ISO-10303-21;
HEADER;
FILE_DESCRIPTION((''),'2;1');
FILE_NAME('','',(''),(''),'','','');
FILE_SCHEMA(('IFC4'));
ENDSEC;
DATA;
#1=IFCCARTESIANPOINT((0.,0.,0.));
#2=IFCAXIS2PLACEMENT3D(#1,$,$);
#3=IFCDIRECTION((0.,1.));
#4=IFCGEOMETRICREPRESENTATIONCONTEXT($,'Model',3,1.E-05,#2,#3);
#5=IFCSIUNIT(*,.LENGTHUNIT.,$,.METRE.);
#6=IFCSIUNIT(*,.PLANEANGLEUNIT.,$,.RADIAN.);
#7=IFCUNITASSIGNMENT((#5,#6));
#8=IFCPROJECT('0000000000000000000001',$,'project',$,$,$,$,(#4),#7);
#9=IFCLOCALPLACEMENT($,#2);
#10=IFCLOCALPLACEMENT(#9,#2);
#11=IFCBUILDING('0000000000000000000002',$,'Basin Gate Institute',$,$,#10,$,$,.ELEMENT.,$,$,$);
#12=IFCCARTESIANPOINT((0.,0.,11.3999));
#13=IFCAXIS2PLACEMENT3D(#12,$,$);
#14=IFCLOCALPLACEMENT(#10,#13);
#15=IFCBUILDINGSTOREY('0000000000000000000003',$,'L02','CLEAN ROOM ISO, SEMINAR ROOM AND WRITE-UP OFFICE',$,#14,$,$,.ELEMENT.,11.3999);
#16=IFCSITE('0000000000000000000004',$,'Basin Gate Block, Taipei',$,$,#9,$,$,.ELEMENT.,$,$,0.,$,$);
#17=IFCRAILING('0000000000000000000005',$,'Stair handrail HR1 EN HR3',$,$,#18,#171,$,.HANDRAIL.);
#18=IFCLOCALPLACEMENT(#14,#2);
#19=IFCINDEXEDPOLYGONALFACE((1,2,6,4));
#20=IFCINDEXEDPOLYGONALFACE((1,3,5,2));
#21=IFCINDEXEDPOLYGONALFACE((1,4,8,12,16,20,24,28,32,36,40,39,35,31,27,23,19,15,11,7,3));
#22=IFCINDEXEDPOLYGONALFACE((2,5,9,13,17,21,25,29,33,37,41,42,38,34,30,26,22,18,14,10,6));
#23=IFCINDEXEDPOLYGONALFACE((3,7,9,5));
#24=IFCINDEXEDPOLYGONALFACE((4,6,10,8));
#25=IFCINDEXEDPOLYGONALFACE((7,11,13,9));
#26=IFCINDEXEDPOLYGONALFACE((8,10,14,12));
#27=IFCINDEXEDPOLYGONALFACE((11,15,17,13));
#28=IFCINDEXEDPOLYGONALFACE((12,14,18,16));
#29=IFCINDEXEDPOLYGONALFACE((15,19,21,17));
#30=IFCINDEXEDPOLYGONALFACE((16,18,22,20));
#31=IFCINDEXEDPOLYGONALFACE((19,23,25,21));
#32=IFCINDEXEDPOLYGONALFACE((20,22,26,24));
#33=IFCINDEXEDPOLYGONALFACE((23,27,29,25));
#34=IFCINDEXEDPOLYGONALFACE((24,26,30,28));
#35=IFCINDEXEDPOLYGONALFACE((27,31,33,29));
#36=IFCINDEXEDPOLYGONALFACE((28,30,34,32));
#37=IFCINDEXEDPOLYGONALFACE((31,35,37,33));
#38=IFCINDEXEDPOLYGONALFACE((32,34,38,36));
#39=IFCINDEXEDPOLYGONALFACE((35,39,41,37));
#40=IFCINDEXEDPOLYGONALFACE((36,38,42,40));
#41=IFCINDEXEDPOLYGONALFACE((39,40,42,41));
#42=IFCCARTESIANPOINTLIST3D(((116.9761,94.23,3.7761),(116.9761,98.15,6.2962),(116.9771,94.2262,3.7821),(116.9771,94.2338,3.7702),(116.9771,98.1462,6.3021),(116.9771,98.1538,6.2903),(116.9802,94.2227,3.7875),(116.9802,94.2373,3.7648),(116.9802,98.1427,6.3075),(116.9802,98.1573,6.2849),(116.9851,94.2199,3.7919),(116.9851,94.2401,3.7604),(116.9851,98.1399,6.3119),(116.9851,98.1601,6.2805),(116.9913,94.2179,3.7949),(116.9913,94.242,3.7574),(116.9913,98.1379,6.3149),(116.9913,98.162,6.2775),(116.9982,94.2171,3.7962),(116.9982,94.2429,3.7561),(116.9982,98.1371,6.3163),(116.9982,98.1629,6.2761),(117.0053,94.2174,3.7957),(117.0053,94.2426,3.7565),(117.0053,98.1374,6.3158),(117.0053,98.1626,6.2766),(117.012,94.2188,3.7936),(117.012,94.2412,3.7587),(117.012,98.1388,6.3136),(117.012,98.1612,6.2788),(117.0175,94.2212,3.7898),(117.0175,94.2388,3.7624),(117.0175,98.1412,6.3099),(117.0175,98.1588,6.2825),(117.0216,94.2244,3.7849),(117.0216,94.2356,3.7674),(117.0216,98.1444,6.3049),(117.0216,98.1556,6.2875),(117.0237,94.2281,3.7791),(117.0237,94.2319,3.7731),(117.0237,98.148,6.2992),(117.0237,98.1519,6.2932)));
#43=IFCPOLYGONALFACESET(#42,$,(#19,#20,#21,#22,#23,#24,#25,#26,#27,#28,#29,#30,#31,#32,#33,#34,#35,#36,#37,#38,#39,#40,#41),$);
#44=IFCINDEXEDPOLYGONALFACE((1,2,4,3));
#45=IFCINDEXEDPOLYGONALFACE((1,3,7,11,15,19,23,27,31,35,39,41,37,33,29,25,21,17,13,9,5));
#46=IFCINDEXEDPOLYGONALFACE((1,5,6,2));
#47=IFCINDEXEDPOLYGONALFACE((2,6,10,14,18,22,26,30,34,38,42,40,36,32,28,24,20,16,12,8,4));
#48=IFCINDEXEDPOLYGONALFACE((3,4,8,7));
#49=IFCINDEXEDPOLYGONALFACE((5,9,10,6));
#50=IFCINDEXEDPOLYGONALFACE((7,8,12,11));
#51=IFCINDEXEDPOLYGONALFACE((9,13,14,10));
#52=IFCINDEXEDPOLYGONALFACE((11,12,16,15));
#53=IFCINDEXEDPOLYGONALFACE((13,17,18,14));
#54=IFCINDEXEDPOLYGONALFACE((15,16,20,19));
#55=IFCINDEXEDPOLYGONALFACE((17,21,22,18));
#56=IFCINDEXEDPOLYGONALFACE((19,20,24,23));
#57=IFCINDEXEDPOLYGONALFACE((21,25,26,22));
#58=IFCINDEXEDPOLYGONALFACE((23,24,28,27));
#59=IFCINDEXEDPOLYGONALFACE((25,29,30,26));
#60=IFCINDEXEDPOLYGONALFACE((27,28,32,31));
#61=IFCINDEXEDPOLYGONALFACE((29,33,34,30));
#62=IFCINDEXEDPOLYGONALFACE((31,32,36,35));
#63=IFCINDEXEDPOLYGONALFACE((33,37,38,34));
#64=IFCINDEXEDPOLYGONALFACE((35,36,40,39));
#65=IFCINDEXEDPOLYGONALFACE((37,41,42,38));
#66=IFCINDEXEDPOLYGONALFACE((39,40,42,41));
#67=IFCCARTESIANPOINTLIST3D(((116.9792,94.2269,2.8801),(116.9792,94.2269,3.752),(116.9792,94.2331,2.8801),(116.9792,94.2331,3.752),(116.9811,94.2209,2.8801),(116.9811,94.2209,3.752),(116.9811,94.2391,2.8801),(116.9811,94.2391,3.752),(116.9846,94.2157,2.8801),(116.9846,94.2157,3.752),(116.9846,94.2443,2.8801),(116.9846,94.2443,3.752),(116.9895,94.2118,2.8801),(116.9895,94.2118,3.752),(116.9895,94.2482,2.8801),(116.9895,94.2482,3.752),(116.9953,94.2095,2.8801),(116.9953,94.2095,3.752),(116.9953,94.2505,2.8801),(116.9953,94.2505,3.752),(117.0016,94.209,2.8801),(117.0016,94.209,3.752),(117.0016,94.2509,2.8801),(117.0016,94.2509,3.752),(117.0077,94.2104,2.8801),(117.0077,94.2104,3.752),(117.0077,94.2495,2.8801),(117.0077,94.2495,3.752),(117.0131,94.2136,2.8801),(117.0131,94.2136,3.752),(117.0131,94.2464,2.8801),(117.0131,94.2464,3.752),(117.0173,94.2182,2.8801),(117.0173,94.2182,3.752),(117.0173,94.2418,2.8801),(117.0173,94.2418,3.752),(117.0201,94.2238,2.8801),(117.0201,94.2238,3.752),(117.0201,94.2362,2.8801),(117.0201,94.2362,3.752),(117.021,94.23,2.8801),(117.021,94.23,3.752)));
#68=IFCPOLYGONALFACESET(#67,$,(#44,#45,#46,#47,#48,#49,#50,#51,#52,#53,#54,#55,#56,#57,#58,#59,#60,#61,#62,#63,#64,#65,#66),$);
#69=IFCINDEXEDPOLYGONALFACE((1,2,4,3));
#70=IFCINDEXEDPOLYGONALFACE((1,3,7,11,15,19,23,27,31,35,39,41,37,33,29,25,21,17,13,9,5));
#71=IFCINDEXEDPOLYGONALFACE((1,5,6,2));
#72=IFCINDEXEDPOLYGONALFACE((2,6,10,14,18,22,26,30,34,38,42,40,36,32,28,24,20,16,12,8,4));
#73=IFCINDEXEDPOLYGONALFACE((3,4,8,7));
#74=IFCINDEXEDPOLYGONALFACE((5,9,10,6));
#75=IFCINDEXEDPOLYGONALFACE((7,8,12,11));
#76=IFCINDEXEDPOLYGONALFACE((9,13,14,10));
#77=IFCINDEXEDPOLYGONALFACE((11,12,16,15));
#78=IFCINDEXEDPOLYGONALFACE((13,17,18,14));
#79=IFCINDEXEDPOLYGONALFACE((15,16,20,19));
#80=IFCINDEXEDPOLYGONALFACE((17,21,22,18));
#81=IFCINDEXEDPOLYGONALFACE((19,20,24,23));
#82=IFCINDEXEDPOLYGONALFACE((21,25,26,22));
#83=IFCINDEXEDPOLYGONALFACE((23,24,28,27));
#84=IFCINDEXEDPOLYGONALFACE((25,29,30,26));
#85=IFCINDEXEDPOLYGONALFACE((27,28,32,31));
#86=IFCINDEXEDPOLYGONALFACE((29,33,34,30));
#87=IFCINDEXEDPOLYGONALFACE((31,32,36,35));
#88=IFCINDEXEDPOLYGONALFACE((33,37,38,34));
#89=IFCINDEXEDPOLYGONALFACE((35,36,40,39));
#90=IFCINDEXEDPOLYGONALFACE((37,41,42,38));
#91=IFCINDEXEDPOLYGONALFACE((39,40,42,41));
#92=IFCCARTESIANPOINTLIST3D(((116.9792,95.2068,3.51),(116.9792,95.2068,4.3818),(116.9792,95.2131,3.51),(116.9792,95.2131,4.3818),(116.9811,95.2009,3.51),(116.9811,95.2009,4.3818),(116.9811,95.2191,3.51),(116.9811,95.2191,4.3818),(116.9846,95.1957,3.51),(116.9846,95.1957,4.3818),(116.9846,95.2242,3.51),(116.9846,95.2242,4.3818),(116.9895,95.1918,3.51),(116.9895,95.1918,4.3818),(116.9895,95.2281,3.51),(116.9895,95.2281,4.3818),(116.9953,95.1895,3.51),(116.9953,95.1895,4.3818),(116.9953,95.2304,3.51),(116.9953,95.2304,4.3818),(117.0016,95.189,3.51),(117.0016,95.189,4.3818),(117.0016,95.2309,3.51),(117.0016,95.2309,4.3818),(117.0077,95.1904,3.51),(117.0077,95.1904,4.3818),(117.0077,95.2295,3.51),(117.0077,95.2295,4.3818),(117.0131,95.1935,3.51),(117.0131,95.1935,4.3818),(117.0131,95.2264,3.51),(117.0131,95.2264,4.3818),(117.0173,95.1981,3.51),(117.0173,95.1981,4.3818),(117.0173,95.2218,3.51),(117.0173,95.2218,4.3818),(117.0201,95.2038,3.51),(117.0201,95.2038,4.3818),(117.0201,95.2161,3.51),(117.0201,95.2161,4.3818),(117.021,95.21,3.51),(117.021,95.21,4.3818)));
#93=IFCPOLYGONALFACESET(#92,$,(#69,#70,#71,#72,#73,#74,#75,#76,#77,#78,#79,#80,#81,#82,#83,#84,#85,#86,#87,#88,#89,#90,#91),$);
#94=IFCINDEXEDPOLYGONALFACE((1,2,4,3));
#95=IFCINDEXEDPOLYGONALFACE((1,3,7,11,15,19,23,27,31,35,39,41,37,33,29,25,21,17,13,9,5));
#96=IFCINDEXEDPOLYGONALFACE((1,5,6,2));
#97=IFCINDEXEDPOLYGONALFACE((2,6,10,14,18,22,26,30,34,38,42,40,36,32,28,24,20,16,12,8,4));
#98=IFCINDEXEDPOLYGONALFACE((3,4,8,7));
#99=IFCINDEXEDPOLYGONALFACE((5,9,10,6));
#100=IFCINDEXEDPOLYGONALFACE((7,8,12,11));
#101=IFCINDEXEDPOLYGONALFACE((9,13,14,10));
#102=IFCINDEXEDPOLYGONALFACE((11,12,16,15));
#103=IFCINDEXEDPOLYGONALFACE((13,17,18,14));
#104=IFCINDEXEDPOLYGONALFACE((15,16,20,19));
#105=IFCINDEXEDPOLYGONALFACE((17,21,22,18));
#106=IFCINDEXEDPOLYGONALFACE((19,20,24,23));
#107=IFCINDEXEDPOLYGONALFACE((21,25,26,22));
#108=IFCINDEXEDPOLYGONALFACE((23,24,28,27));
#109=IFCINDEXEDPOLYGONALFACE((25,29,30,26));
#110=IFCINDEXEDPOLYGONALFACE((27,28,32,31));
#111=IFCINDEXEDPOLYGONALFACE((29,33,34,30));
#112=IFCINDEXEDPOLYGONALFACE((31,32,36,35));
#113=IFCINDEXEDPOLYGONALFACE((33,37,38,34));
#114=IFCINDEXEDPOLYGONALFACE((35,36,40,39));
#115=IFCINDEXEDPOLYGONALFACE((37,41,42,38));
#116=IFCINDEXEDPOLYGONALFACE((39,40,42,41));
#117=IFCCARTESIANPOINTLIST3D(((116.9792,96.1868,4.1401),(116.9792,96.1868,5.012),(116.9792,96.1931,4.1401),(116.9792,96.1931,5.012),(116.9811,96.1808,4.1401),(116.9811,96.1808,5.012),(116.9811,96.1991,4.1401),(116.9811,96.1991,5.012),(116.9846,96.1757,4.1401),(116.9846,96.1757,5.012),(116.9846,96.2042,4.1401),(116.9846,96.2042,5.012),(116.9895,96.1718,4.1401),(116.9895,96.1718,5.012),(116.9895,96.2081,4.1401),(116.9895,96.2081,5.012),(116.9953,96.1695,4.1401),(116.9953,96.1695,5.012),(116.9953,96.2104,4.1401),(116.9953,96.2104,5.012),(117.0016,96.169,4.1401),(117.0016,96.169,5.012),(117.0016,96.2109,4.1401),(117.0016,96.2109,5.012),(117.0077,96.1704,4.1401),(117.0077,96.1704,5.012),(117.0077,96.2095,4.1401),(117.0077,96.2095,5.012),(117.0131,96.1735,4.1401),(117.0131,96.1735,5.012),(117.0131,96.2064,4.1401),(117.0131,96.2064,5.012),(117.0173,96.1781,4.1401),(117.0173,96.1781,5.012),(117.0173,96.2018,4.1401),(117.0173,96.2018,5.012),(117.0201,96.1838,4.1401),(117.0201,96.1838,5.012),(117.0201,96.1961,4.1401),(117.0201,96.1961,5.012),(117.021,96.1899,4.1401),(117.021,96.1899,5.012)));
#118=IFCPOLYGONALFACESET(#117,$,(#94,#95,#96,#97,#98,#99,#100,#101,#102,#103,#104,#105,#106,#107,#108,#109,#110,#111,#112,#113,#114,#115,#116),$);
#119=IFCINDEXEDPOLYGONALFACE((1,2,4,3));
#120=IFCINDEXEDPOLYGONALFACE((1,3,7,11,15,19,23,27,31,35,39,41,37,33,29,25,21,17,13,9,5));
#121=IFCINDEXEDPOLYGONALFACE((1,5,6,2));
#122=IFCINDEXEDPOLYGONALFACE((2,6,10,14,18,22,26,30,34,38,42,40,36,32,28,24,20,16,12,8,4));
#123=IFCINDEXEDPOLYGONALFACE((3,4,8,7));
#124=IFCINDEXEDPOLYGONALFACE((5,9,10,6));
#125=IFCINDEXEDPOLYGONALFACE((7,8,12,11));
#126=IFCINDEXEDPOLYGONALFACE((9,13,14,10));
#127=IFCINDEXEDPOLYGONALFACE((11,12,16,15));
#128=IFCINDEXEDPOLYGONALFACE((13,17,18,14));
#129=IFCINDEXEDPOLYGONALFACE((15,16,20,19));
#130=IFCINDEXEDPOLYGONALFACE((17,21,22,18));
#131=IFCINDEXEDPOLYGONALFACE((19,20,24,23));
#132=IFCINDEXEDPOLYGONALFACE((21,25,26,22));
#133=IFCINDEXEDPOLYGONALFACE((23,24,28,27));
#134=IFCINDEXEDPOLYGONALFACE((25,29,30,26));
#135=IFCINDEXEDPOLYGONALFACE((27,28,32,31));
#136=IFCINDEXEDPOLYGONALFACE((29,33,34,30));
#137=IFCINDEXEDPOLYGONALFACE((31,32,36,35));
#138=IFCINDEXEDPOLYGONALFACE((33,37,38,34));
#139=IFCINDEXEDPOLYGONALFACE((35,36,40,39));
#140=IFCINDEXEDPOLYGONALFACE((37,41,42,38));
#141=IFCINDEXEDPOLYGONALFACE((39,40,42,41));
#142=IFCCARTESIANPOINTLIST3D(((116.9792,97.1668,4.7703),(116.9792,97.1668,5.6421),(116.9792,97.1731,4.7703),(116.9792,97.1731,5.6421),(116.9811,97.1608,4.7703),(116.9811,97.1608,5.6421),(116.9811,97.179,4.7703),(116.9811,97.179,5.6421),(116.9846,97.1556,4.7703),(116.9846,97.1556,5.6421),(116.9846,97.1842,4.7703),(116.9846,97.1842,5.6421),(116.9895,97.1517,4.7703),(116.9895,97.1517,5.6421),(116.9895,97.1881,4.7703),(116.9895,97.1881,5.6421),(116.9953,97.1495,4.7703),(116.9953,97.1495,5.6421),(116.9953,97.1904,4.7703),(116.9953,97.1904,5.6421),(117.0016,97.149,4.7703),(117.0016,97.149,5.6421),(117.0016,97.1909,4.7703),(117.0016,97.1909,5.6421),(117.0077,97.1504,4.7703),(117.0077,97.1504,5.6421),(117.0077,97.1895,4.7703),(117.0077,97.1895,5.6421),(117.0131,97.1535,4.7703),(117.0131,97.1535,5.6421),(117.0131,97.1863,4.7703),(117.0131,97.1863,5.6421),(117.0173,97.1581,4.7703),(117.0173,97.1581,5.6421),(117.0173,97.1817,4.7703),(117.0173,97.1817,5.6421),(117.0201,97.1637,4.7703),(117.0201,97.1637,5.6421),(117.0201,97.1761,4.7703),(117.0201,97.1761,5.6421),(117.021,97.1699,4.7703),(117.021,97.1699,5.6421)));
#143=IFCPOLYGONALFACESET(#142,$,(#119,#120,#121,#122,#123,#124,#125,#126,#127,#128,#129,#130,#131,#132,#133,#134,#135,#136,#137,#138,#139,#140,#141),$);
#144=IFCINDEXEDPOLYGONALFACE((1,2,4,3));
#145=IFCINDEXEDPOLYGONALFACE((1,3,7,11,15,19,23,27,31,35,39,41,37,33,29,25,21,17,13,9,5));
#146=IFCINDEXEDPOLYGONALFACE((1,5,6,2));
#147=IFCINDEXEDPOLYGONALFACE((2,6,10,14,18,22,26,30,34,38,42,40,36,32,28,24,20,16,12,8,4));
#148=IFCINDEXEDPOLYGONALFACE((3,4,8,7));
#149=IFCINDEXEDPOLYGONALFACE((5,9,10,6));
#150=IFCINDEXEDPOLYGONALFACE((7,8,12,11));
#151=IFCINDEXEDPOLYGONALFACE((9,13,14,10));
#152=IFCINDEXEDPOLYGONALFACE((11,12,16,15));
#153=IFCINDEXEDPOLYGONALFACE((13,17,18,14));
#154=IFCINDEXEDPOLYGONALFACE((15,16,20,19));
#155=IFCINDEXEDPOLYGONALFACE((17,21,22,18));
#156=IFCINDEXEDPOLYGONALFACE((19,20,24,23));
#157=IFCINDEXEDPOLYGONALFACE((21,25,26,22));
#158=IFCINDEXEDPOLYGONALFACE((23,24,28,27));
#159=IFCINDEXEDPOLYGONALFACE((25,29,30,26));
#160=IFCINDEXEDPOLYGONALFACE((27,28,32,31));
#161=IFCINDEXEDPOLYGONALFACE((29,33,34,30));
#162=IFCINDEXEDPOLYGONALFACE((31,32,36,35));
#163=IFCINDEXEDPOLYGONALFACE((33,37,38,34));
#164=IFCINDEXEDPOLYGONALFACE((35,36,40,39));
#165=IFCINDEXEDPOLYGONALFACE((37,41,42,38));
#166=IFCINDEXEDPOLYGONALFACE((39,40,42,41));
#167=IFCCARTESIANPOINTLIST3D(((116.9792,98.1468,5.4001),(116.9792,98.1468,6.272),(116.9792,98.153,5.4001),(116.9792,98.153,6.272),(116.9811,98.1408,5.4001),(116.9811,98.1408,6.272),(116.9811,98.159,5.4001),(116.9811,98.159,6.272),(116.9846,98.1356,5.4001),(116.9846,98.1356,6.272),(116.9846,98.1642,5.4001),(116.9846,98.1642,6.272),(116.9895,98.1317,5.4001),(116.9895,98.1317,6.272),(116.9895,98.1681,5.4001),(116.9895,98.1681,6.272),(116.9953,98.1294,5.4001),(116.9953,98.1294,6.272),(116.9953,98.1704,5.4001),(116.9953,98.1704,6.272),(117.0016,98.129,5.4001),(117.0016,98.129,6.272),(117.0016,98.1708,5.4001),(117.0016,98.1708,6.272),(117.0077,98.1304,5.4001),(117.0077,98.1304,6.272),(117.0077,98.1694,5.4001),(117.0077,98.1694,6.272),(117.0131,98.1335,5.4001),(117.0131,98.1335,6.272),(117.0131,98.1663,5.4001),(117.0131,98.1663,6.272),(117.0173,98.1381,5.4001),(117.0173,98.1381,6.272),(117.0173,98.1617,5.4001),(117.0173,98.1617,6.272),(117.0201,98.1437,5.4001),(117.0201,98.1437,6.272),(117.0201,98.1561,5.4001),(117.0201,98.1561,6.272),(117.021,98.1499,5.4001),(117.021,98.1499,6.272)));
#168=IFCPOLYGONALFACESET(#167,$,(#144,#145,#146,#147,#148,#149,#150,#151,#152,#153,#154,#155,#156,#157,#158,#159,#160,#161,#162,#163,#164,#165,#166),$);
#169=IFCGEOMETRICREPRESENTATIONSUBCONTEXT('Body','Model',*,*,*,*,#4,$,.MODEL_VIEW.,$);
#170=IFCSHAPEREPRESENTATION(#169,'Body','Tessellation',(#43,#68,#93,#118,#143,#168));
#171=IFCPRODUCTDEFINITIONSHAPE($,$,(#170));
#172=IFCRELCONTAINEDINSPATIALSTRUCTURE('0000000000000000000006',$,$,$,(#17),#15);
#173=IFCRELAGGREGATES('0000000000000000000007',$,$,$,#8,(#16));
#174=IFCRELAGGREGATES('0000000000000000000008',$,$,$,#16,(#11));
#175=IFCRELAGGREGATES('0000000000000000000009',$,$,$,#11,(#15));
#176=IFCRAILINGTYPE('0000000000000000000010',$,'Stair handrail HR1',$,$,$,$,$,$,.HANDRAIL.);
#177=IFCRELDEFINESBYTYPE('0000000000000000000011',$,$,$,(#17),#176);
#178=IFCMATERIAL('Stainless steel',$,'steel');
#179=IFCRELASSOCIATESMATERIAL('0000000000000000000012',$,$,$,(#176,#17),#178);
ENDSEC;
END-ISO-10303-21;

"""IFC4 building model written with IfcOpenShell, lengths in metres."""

from ifc_helpers import new_model, si_unit, direction, frame, origin, origin_2d, place, context, subcontext, project, spatial, circle, extrude, material, type_object, element, save


model = new_model("IFC4")

# Units and contexts
model_context = context("Model", 3, precision=1e-05, world=origin(), true_north=direction((0.0, 1.0)))
body_context = subcontext(model_context, "Body", "Model", "MODEL_VIEW")
ifc_project = project(units=[si_unit("LENGTHUNIT", "METRE"), si_unit("PLANEANGLEUNIT", "RADIAN")], contexts=[model_context])

# Site, building, storey
site_placement = place(None, origin())
site = spatial("IfcSite", under=ifc_project, at=site_placement, Name="Basin Gate Block, Taipei", CompositionType="ELEMENT", RefElevation=0.0)
building_placement = place(site_placement, origin())
building = spatial("IfcBuilding", under=site, at=building_placement, Name="Basin Gate Institute", CompositionType="ELEMENT")
storey_placement = place(building_placement, frame((0.0, 0.0, 11.3999)))
storey = spatial("IfcBuildingStorey", under=building, at=storey_placement, Name="L02", Description="CLEAN ROOM ISO, SEMINAR ROOM AND WRITE-UP OFFICE", CompositionType="ELEMENT", Elevation=11.3999)

# Railing
ifc_material_1 = material(Name="Stainless steel", Category="steel")
railing_type_1 = type_object("IfcRailingType", Name="Stair handrail HR1", PredefinedType="HANDRAIL", material=ifc_material_1)
railing_1_placement = place(storey_placement, frame((117.0, 94.23, 2.8801)))
element("IfcRailing", 1, at=railing_1_placement, inside=storey, type_object=railing_type_1, material=ifc_material_1, Name="Stair handrail HR1 EN HR3", PredefinedType="HANDRAIL", context=body_context, shape_type="SweptSolid", body=[
    extrude(circle(Radius=0.0239, at=origin_2d()), frame((0.0, 0.0, 0.896), z_axis=(0.0, 0.841172, 0.540768), x_axis=(-1.0, 0.0, 0.0)), (0.0, 0.0, 1.0), 4.6602),
    extrude(circle(Radius=0.021, at=origin_2d()), origin(), (0.0, 0.0, 1.0), 0.8718),
    extrude(circle(Radius=0.021, at=origin_2d()), frame((0.0, 0.98, 0.6299)), (0.0, 0.0, 1.0), 0.8718),
    extrude(circle(Radius=0.021, at=origin_2d()), frame((0.0, 1.96, 1.26)), (0.0, 0.0, 1.0), 0.8718),
    extrude(circle(Radius=0.021, at=origin_2d()), frame((0.0, 2.9399, 1.8901)), (0.0, 0.0, 1.0), 0.8718),
    extrude(circle(Radius=0.021, at=origin_2d()), frame((0.0, 3.9199, 2.52)), (0.0, 0.0, 1.0), 0.8718),
])

save(model, "model.ifc")
